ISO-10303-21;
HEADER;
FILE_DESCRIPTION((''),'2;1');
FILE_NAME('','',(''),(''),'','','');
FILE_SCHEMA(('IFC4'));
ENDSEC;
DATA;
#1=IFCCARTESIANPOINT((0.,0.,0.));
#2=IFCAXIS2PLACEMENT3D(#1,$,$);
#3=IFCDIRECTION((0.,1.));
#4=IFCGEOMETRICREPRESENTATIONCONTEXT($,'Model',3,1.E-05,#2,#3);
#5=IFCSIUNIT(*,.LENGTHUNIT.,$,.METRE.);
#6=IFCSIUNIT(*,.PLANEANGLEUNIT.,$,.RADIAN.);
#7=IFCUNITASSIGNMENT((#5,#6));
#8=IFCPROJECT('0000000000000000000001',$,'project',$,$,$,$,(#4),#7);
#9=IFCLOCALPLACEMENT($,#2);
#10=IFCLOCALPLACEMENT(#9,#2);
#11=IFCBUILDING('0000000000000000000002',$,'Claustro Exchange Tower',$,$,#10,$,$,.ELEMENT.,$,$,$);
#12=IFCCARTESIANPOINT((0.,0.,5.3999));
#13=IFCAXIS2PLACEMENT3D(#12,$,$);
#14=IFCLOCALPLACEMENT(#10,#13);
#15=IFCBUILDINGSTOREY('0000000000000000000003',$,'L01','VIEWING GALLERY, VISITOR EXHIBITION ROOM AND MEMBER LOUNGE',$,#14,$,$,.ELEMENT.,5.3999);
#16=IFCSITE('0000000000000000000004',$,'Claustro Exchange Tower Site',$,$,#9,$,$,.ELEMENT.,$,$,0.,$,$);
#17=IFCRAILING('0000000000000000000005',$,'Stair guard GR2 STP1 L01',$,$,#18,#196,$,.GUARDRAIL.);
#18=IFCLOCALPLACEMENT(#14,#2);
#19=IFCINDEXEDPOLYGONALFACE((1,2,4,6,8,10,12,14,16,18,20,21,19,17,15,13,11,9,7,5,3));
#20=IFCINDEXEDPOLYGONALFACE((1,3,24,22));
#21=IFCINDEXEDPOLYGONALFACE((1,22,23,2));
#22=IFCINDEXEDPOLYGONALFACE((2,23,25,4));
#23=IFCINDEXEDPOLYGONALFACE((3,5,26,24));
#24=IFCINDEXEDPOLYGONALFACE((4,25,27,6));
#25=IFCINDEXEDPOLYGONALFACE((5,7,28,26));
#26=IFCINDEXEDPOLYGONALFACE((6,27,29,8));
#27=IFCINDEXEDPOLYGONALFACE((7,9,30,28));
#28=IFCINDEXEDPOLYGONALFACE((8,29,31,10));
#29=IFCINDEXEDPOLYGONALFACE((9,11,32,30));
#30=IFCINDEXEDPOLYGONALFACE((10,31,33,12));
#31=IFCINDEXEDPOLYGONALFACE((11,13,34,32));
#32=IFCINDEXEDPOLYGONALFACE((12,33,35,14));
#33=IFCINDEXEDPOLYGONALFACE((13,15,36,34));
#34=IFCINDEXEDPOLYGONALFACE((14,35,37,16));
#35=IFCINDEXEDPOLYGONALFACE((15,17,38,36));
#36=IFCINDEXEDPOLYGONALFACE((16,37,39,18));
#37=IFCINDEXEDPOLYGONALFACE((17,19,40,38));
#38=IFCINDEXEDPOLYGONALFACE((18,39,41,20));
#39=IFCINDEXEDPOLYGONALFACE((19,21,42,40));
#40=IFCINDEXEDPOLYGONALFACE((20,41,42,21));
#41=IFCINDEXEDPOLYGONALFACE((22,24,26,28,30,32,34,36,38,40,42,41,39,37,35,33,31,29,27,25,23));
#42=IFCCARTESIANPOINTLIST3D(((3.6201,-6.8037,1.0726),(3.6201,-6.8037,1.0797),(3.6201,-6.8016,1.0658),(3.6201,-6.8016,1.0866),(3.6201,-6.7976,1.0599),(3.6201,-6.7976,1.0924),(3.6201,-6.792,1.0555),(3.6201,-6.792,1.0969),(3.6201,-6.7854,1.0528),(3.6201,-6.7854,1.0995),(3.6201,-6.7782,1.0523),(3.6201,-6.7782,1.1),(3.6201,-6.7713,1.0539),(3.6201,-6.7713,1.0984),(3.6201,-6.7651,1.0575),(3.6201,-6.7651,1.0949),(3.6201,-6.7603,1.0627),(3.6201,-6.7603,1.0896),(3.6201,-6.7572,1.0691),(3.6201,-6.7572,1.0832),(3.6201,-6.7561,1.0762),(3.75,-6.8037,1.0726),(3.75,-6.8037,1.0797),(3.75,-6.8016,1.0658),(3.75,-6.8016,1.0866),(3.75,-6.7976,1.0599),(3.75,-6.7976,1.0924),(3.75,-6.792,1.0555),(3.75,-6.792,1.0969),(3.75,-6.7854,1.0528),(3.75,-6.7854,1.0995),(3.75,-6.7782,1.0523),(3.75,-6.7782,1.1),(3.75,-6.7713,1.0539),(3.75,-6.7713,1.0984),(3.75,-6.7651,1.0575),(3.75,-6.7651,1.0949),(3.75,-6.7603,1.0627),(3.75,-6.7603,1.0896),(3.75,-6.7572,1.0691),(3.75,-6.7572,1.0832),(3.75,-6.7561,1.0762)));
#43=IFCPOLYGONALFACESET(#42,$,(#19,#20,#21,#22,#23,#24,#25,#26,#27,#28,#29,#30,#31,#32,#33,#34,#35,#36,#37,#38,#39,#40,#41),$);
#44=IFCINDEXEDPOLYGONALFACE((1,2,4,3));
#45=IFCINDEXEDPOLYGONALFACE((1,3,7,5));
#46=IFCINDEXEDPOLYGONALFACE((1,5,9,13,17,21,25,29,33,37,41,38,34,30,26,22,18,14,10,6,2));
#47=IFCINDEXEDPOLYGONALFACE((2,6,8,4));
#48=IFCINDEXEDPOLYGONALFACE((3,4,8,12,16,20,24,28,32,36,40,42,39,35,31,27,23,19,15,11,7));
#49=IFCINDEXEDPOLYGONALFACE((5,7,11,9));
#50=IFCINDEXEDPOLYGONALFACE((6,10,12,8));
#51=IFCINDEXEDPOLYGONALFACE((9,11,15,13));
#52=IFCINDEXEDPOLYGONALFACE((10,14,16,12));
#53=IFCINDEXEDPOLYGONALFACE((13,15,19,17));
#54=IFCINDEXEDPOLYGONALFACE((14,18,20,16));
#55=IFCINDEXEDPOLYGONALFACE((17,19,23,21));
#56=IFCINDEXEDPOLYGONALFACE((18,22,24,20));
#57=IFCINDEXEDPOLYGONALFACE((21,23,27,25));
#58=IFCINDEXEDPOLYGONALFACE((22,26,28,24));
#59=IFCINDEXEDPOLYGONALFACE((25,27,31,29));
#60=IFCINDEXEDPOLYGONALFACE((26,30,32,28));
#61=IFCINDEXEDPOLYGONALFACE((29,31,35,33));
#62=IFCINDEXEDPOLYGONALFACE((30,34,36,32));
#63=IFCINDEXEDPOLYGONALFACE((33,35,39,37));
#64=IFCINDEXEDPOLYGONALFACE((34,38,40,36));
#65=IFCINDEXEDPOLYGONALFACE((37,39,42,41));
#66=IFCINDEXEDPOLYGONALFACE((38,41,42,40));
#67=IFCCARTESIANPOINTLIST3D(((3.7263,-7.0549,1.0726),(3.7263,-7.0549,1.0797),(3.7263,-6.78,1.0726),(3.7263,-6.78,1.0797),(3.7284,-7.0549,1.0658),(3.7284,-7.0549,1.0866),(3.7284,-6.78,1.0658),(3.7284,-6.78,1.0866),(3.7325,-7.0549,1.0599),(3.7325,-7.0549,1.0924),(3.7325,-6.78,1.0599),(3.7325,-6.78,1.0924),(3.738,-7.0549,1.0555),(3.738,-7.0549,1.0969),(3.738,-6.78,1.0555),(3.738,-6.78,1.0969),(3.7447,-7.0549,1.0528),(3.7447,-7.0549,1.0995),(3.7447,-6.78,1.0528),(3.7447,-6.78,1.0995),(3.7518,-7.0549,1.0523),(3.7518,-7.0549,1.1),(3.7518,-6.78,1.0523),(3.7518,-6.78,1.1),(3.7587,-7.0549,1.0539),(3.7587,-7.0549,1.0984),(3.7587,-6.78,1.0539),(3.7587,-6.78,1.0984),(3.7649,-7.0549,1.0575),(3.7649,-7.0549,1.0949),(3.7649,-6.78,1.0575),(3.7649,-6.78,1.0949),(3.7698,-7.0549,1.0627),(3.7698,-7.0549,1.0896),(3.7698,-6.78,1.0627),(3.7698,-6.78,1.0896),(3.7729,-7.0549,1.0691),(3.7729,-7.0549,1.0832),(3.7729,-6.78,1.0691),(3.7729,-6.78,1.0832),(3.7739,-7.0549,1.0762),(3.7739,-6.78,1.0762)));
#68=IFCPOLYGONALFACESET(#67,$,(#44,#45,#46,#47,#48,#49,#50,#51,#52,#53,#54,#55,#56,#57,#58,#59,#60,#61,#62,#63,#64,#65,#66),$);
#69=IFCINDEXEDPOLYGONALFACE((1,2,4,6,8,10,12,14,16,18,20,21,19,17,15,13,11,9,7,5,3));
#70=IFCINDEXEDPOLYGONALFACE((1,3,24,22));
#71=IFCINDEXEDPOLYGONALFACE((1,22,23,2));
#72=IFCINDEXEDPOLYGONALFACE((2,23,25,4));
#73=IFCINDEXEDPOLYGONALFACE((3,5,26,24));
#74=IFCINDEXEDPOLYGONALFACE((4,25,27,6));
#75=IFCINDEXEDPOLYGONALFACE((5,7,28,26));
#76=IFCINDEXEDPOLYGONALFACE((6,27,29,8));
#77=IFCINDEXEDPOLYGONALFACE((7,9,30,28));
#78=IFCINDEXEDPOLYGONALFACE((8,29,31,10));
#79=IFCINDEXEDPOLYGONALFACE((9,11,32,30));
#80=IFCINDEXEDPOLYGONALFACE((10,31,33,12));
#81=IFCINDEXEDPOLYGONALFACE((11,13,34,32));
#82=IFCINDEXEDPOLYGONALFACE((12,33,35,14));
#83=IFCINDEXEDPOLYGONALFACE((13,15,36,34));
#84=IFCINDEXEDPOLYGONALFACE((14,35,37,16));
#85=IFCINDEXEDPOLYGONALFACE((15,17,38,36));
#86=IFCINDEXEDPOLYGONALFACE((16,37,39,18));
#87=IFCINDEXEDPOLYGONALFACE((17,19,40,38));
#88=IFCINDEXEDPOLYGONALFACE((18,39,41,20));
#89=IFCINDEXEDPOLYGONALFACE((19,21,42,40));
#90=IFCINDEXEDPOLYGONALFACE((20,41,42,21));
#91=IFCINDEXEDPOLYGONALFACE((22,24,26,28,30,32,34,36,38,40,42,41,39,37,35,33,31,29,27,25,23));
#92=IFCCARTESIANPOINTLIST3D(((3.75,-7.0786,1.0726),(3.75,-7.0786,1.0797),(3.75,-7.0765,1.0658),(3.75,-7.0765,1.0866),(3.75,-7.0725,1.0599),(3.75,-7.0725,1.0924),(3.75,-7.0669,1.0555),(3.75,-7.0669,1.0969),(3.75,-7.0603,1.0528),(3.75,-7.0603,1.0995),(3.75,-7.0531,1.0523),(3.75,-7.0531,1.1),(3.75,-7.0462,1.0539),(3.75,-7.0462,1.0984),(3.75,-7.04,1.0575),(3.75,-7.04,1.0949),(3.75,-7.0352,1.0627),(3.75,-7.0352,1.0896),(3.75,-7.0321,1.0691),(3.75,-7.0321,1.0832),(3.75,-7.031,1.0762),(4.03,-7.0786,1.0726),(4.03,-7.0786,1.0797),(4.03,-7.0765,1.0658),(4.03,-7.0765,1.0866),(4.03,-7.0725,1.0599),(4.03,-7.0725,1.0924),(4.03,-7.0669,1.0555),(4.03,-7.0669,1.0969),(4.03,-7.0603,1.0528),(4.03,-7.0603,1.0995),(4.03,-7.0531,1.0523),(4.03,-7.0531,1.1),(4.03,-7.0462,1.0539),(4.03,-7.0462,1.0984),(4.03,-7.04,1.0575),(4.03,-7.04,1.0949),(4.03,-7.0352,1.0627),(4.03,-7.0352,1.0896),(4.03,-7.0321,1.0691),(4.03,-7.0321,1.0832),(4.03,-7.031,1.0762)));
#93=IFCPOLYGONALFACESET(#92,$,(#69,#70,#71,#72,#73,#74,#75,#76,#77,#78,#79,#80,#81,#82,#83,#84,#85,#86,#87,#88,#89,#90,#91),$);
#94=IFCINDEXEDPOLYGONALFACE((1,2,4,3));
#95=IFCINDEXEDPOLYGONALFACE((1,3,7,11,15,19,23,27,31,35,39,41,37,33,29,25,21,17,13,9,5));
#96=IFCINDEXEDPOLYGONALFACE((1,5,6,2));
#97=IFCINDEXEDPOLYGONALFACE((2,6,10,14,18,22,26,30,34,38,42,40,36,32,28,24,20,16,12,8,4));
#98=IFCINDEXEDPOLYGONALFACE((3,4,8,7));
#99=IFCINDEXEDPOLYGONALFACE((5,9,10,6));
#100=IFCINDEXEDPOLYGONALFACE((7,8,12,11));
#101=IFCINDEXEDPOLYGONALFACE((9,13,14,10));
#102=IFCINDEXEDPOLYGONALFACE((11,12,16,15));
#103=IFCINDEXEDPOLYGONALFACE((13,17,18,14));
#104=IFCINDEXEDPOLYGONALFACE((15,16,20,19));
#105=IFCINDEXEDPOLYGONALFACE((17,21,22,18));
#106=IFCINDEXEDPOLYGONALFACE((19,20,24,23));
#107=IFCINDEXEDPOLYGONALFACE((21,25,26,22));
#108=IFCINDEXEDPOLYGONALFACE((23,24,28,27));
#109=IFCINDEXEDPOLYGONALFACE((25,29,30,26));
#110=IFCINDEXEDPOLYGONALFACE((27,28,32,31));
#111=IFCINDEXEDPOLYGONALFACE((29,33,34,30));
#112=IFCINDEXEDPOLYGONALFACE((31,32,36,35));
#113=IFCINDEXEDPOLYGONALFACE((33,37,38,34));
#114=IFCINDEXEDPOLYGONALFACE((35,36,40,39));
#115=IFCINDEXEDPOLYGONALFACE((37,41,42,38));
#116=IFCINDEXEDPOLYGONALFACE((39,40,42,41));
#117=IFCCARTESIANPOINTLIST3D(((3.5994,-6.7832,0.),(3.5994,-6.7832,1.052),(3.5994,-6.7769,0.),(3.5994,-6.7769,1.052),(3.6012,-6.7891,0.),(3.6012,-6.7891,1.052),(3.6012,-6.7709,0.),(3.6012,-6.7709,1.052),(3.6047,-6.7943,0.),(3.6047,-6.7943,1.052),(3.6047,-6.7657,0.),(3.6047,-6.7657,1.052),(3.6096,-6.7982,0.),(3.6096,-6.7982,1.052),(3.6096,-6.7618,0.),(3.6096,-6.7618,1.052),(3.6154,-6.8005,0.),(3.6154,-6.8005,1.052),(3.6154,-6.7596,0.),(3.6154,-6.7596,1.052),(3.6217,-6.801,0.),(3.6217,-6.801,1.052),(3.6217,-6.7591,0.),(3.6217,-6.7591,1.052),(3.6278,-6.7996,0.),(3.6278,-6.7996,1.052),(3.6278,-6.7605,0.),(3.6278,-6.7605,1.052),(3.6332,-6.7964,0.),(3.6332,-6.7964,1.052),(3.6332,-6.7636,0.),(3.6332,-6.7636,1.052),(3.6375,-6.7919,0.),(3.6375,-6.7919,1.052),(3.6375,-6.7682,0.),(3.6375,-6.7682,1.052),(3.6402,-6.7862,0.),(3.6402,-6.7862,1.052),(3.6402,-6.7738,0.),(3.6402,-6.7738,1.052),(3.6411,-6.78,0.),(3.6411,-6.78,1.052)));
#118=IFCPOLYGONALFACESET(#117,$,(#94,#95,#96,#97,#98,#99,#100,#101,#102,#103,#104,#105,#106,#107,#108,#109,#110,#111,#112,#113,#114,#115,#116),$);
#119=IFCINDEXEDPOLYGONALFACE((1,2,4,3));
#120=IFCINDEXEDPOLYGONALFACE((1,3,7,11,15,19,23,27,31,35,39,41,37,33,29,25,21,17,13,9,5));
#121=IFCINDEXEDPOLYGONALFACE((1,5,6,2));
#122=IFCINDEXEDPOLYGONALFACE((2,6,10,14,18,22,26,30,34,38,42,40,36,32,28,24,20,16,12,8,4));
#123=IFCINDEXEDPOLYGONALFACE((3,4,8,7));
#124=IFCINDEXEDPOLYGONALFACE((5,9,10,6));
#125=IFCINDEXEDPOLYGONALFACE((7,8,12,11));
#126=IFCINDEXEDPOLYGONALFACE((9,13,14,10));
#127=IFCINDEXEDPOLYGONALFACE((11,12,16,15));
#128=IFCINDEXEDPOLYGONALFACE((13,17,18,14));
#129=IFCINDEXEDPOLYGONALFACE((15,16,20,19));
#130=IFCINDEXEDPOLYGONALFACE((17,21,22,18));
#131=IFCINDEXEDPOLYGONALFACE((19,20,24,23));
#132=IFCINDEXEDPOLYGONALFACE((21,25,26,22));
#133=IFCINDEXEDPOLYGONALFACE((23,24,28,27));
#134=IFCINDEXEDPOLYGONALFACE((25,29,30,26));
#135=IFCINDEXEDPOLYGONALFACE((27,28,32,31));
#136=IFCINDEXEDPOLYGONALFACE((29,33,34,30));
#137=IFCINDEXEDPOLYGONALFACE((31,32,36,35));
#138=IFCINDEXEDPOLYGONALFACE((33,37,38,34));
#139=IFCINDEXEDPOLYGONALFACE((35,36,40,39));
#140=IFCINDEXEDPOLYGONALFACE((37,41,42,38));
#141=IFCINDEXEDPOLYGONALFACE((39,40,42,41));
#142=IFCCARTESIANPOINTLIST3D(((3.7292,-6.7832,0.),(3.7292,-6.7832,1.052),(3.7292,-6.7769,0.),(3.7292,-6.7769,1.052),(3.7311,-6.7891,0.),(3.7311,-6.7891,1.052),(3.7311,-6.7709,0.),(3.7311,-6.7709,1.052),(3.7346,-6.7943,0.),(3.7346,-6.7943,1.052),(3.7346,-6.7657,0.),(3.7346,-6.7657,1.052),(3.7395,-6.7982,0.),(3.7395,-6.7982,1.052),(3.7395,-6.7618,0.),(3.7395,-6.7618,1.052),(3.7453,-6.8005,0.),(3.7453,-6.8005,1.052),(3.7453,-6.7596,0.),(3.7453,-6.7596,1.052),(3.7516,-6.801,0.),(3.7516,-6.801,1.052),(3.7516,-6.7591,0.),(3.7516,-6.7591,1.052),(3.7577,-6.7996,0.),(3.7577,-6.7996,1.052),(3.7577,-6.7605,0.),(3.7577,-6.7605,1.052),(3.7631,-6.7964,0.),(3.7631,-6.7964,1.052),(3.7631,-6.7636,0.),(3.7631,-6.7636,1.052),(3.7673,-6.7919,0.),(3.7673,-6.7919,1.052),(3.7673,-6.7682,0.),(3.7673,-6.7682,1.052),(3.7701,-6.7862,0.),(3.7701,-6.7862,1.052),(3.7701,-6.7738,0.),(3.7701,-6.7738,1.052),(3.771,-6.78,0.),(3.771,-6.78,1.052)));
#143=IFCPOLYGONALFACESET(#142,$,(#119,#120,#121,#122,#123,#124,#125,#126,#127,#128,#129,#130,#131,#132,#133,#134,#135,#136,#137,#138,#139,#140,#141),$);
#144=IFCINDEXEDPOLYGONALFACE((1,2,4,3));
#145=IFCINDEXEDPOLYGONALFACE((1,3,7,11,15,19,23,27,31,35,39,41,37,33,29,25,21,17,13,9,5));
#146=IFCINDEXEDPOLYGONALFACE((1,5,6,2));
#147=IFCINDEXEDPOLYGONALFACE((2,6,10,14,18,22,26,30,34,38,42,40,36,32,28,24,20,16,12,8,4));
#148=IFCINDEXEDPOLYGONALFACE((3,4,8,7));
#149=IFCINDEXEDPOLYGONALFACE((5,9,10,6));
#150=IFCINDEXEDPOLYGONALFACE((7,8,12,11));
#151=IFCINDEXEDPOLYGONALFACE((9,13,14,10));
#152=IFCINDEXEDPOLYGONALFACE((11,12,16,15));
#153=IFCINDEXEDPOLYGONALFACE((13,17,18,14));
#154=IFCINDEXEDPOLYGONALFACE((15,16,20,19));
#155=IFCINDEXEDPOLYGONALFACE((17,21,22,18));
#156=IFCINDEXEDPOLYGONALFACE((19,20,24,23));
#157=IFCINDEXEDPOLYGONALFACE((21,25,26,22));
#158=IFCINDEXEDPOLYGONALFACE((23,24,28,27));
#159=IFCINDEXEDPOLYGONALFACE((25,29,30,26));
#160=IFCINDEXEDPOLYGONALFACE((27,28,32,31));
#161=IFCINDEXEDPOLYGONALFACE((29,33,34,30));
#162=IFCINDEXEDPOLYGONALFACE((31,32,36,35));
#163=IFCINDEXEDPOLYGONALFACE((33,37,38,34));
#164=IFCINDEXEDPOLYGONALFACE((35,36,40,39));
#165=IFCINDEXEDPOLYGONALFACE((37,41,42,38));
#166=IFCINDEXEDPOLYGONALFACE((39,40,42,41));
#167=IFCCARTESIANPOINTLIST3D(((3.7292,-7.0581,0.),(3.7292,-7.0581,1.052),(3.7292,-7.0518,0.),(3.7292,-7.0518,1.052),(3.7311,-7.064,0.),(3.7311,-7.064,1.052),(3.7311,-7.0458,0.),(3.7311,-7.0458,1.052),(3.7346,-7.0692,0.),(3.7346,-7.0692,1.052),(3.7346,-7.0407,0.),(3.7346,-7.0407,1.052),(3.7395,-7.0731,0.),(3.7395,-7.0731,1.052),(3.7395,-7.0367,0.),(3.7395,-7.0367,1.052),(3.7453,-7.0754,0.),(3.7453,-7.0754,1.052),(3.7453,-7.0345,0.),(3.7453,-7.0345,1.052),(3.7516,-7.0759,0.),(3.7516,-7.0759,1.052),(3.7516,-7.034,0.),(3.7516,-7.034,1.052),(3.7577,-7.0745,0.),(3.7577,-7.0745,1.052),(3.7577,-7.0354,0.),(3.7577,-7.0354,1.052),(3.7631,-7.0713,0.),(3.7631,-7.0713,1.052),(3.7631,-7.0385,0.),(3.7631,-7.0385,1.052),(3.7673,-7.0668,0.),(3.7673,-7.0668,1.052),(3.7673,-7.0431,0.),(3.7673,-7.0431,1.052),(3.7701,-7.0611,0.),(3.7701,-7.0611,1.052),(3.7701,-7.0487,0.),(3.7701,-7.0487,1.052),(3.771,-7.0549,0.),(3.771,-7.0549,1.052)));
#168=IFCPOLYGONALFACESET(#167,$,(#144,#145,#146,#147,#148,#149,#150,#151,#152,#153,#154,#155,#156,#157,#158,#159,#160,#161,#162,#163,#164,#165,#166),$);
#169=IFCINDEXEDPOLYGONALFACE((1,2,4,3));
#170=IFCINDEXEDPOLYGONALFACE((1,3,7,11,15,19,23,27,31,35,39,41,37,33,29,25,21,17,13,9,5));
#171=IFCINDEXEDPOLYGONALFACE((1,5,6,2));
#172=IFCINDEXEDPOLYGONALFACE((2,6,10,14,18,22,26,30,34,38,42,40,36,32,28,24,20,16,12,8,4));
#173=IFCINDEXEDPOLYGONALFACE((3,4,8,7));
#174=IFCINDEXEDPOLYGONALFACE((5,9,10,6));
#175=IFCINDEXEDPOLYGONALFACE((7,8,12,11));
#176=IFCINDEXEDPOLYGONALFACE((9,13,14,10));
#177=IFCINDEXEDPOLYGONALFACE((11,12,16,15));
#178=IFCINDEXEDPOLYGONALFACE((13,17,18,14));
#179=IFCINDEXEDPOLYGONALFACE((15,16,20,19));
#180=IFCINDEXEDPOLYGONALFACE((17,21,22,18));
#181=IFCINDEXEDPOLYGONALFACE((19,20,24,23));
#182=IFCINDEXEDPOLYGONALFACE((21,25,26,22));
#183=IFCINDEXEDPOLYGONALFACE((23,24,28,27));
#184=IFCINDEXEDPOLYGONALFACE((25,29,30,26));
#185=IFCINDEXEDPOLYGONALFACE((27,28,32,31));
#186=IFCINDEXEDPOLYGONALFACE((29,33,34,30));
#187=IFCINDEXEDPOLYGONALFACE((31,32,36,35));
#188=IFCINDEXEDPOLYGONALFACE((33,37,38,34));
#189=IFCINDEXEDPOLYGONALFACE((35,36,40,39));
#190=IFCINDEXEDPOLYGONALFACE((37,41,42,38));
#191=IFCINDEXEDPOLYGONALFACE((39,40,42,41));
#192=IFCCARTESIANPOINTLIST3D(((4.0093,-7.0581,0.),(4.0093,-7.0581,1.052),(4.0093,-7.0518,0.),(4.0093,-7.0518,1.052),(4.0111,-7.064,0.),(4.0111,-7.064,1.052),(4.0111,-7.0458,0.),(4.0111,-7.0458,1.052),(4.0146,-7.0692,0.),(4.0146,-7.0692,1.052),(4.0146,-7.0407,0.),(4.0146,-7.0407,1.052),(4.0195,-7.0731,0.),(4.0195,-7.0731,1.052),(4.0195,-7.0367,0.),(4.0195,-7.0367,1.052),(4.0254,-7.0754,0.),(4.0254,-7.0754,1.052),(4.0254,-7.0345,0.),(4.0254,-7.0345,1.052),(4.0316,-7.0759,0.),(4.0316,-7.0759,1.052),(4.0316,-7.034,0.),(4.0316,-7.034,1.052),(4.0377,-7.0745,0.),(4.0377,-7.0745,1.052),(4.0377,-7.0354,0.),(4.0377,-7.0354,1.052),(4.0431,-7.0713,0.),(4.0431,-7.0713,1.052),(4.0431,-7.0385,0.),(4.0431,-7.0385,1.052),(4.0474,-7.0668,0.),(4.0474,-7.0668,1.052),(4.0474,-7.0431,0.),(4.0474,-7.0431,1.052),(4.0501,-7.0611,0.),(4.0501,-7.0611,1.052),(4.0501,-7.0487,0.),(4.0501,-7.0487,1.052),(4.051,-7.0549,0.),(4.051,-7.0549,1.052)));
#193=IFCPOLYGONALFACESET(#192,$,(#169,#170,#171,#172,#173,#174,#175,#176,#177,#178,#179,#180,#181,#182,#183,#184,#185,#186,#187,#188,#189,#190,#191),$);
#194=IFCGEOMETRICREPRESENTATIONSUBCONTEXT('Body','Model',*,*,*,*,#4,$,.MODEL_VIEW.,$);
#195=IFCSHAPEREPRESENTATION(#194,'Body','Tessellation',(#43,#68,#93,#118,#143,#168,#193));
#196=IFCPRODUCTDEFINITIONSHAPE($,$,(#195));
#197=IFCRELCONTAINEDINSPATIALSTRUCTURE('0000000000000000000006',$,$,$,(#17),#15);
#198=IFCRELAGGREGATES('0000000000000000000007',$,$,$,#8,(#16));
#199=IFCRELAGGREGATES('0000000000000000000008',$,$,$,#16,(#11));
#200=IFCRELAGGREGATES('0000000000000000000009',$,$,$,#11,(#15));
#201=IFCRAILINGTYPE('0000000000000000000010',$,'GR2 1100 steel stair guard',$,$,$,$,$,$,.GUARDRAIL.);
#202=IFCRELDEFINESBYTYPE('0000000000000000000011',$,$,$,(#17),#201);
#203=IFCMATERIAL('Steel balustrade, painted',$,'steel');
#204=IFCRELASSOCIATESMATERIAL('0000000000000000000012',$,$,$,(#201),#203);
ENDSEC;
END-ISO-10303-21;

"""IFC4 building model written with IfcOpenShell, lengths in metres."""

from ifc_helpers import new_model, si_unit, direction, frame, origin, origin_2d, place, context, subcontext, project, spatial, circle, extrude, material, type_object, element, save


model = new_model("IFC4")

# Units and contexts
model_context = context("Model", 3, precision=1e-05, world=origin(), true_north=direction((0.0, 1.0)))
body_context = subcontext(model_context, "Body", "Model", "MODEL_VIEW")
ifc_project = project(units=[si_unit("LENGTHUNIT", "METRE"), si_unit("PLANEANGLEUNIT", "RADIAN")], contexts=[model_context])

# Site, building, storey
site_placement = place(None, origin())
site = spatial("IfcSite", under=ifc_project, at=site_placement, Name="Claustro Exchange Tower Site", CompositionType="ELEMENT", RefElevation=0.0)
building_placement = place(site_placement, origin())
building = spatial("IfcBuilding", under=site, at=building_placement, Name="Claustro Exchange Tower", CompositionType="ELEMENT")
storey_placement = place(building_placement, frame((0.0, 0.0, 5.3999)))
storey = spatial("IfcBuildingStorey", under=building, at=storey_placement, Name="L01", Description="VIEWING GALLERY, VISITOR EXHIBITION ROOM AND MEMBER LOUNGE", CompositionType="ELEMENT", Elevation=5.3999)

# Railing
ifc_material_1 = material(Name="Steel balustrade, painted", Category="steel")
railing_type_1 = type_object("IfcRailingType", Name="GR2 1100 steel stair guard", PredefinedType="GUARDRAIL", material=ifc_material_1)
railing_1_placement = place(storey_placement, frame((3.6201, -6.78, 0.0)))
element("IfcRailing", 1, at=railing_1_placement, inside=storey, type_object=railing_type_1, Name="Stair guard GR2 STP1 L01", PredefinedType="GUARDRAIL", context=body_context, shape_type="SweptSolid", body=[
    extrude(circle(Radius=0.0239, at=origin_2d()), frame((0.0, 0.0, 1.0762), z_axis=(1.0, 0.0, 0.0), x_axis=(0.0, 1.0, 0.0)), (0.0, 0.0, 1.0), 0.1299),
    extrude(circle(Radius=0.0239, at=origin_2d()), frame((0.1299, 0.0, 1.0762), z_axis=(0.0, -1.0, 0.0), x_axis=(1.0, 0.0, 0.0)), (0.0, 0.0, 1.0), 0.2749),
    extrude(circle(Radius=0.0239, at=origin_2d()), frame((0.1299, -0.2749, 1.0762), z_axis=(1.0, 0.0, 0.0), x_axis=(0.0, 1.0, 0.0)), (0.0, 0.0, 1.0), 0.28),
    extrude(circle(Radius=0.021, at=origin_2d()), origin(), (0.0, 0.0, 1.0), 1.052),
    extrude(circle(Radius=0.021, at=origin_2d()), frame((0.1299, 0.0, 0.0)), (0.0, 0.0, 1.0), 1.052),
    extrude(circle(Radius=0.021, at=origin_2d()), frame((0.1299, -0.2749, 0.0)), (0.0, 0.0, 1.0), 1.052),
    extrude(circle(Radius=0.021, at=origin_2d()), frame((0.4099, -0.2749, 0.0)), (0.0, 0.0, 1.0), 1.052),
])

save(model, "model.ifc")
